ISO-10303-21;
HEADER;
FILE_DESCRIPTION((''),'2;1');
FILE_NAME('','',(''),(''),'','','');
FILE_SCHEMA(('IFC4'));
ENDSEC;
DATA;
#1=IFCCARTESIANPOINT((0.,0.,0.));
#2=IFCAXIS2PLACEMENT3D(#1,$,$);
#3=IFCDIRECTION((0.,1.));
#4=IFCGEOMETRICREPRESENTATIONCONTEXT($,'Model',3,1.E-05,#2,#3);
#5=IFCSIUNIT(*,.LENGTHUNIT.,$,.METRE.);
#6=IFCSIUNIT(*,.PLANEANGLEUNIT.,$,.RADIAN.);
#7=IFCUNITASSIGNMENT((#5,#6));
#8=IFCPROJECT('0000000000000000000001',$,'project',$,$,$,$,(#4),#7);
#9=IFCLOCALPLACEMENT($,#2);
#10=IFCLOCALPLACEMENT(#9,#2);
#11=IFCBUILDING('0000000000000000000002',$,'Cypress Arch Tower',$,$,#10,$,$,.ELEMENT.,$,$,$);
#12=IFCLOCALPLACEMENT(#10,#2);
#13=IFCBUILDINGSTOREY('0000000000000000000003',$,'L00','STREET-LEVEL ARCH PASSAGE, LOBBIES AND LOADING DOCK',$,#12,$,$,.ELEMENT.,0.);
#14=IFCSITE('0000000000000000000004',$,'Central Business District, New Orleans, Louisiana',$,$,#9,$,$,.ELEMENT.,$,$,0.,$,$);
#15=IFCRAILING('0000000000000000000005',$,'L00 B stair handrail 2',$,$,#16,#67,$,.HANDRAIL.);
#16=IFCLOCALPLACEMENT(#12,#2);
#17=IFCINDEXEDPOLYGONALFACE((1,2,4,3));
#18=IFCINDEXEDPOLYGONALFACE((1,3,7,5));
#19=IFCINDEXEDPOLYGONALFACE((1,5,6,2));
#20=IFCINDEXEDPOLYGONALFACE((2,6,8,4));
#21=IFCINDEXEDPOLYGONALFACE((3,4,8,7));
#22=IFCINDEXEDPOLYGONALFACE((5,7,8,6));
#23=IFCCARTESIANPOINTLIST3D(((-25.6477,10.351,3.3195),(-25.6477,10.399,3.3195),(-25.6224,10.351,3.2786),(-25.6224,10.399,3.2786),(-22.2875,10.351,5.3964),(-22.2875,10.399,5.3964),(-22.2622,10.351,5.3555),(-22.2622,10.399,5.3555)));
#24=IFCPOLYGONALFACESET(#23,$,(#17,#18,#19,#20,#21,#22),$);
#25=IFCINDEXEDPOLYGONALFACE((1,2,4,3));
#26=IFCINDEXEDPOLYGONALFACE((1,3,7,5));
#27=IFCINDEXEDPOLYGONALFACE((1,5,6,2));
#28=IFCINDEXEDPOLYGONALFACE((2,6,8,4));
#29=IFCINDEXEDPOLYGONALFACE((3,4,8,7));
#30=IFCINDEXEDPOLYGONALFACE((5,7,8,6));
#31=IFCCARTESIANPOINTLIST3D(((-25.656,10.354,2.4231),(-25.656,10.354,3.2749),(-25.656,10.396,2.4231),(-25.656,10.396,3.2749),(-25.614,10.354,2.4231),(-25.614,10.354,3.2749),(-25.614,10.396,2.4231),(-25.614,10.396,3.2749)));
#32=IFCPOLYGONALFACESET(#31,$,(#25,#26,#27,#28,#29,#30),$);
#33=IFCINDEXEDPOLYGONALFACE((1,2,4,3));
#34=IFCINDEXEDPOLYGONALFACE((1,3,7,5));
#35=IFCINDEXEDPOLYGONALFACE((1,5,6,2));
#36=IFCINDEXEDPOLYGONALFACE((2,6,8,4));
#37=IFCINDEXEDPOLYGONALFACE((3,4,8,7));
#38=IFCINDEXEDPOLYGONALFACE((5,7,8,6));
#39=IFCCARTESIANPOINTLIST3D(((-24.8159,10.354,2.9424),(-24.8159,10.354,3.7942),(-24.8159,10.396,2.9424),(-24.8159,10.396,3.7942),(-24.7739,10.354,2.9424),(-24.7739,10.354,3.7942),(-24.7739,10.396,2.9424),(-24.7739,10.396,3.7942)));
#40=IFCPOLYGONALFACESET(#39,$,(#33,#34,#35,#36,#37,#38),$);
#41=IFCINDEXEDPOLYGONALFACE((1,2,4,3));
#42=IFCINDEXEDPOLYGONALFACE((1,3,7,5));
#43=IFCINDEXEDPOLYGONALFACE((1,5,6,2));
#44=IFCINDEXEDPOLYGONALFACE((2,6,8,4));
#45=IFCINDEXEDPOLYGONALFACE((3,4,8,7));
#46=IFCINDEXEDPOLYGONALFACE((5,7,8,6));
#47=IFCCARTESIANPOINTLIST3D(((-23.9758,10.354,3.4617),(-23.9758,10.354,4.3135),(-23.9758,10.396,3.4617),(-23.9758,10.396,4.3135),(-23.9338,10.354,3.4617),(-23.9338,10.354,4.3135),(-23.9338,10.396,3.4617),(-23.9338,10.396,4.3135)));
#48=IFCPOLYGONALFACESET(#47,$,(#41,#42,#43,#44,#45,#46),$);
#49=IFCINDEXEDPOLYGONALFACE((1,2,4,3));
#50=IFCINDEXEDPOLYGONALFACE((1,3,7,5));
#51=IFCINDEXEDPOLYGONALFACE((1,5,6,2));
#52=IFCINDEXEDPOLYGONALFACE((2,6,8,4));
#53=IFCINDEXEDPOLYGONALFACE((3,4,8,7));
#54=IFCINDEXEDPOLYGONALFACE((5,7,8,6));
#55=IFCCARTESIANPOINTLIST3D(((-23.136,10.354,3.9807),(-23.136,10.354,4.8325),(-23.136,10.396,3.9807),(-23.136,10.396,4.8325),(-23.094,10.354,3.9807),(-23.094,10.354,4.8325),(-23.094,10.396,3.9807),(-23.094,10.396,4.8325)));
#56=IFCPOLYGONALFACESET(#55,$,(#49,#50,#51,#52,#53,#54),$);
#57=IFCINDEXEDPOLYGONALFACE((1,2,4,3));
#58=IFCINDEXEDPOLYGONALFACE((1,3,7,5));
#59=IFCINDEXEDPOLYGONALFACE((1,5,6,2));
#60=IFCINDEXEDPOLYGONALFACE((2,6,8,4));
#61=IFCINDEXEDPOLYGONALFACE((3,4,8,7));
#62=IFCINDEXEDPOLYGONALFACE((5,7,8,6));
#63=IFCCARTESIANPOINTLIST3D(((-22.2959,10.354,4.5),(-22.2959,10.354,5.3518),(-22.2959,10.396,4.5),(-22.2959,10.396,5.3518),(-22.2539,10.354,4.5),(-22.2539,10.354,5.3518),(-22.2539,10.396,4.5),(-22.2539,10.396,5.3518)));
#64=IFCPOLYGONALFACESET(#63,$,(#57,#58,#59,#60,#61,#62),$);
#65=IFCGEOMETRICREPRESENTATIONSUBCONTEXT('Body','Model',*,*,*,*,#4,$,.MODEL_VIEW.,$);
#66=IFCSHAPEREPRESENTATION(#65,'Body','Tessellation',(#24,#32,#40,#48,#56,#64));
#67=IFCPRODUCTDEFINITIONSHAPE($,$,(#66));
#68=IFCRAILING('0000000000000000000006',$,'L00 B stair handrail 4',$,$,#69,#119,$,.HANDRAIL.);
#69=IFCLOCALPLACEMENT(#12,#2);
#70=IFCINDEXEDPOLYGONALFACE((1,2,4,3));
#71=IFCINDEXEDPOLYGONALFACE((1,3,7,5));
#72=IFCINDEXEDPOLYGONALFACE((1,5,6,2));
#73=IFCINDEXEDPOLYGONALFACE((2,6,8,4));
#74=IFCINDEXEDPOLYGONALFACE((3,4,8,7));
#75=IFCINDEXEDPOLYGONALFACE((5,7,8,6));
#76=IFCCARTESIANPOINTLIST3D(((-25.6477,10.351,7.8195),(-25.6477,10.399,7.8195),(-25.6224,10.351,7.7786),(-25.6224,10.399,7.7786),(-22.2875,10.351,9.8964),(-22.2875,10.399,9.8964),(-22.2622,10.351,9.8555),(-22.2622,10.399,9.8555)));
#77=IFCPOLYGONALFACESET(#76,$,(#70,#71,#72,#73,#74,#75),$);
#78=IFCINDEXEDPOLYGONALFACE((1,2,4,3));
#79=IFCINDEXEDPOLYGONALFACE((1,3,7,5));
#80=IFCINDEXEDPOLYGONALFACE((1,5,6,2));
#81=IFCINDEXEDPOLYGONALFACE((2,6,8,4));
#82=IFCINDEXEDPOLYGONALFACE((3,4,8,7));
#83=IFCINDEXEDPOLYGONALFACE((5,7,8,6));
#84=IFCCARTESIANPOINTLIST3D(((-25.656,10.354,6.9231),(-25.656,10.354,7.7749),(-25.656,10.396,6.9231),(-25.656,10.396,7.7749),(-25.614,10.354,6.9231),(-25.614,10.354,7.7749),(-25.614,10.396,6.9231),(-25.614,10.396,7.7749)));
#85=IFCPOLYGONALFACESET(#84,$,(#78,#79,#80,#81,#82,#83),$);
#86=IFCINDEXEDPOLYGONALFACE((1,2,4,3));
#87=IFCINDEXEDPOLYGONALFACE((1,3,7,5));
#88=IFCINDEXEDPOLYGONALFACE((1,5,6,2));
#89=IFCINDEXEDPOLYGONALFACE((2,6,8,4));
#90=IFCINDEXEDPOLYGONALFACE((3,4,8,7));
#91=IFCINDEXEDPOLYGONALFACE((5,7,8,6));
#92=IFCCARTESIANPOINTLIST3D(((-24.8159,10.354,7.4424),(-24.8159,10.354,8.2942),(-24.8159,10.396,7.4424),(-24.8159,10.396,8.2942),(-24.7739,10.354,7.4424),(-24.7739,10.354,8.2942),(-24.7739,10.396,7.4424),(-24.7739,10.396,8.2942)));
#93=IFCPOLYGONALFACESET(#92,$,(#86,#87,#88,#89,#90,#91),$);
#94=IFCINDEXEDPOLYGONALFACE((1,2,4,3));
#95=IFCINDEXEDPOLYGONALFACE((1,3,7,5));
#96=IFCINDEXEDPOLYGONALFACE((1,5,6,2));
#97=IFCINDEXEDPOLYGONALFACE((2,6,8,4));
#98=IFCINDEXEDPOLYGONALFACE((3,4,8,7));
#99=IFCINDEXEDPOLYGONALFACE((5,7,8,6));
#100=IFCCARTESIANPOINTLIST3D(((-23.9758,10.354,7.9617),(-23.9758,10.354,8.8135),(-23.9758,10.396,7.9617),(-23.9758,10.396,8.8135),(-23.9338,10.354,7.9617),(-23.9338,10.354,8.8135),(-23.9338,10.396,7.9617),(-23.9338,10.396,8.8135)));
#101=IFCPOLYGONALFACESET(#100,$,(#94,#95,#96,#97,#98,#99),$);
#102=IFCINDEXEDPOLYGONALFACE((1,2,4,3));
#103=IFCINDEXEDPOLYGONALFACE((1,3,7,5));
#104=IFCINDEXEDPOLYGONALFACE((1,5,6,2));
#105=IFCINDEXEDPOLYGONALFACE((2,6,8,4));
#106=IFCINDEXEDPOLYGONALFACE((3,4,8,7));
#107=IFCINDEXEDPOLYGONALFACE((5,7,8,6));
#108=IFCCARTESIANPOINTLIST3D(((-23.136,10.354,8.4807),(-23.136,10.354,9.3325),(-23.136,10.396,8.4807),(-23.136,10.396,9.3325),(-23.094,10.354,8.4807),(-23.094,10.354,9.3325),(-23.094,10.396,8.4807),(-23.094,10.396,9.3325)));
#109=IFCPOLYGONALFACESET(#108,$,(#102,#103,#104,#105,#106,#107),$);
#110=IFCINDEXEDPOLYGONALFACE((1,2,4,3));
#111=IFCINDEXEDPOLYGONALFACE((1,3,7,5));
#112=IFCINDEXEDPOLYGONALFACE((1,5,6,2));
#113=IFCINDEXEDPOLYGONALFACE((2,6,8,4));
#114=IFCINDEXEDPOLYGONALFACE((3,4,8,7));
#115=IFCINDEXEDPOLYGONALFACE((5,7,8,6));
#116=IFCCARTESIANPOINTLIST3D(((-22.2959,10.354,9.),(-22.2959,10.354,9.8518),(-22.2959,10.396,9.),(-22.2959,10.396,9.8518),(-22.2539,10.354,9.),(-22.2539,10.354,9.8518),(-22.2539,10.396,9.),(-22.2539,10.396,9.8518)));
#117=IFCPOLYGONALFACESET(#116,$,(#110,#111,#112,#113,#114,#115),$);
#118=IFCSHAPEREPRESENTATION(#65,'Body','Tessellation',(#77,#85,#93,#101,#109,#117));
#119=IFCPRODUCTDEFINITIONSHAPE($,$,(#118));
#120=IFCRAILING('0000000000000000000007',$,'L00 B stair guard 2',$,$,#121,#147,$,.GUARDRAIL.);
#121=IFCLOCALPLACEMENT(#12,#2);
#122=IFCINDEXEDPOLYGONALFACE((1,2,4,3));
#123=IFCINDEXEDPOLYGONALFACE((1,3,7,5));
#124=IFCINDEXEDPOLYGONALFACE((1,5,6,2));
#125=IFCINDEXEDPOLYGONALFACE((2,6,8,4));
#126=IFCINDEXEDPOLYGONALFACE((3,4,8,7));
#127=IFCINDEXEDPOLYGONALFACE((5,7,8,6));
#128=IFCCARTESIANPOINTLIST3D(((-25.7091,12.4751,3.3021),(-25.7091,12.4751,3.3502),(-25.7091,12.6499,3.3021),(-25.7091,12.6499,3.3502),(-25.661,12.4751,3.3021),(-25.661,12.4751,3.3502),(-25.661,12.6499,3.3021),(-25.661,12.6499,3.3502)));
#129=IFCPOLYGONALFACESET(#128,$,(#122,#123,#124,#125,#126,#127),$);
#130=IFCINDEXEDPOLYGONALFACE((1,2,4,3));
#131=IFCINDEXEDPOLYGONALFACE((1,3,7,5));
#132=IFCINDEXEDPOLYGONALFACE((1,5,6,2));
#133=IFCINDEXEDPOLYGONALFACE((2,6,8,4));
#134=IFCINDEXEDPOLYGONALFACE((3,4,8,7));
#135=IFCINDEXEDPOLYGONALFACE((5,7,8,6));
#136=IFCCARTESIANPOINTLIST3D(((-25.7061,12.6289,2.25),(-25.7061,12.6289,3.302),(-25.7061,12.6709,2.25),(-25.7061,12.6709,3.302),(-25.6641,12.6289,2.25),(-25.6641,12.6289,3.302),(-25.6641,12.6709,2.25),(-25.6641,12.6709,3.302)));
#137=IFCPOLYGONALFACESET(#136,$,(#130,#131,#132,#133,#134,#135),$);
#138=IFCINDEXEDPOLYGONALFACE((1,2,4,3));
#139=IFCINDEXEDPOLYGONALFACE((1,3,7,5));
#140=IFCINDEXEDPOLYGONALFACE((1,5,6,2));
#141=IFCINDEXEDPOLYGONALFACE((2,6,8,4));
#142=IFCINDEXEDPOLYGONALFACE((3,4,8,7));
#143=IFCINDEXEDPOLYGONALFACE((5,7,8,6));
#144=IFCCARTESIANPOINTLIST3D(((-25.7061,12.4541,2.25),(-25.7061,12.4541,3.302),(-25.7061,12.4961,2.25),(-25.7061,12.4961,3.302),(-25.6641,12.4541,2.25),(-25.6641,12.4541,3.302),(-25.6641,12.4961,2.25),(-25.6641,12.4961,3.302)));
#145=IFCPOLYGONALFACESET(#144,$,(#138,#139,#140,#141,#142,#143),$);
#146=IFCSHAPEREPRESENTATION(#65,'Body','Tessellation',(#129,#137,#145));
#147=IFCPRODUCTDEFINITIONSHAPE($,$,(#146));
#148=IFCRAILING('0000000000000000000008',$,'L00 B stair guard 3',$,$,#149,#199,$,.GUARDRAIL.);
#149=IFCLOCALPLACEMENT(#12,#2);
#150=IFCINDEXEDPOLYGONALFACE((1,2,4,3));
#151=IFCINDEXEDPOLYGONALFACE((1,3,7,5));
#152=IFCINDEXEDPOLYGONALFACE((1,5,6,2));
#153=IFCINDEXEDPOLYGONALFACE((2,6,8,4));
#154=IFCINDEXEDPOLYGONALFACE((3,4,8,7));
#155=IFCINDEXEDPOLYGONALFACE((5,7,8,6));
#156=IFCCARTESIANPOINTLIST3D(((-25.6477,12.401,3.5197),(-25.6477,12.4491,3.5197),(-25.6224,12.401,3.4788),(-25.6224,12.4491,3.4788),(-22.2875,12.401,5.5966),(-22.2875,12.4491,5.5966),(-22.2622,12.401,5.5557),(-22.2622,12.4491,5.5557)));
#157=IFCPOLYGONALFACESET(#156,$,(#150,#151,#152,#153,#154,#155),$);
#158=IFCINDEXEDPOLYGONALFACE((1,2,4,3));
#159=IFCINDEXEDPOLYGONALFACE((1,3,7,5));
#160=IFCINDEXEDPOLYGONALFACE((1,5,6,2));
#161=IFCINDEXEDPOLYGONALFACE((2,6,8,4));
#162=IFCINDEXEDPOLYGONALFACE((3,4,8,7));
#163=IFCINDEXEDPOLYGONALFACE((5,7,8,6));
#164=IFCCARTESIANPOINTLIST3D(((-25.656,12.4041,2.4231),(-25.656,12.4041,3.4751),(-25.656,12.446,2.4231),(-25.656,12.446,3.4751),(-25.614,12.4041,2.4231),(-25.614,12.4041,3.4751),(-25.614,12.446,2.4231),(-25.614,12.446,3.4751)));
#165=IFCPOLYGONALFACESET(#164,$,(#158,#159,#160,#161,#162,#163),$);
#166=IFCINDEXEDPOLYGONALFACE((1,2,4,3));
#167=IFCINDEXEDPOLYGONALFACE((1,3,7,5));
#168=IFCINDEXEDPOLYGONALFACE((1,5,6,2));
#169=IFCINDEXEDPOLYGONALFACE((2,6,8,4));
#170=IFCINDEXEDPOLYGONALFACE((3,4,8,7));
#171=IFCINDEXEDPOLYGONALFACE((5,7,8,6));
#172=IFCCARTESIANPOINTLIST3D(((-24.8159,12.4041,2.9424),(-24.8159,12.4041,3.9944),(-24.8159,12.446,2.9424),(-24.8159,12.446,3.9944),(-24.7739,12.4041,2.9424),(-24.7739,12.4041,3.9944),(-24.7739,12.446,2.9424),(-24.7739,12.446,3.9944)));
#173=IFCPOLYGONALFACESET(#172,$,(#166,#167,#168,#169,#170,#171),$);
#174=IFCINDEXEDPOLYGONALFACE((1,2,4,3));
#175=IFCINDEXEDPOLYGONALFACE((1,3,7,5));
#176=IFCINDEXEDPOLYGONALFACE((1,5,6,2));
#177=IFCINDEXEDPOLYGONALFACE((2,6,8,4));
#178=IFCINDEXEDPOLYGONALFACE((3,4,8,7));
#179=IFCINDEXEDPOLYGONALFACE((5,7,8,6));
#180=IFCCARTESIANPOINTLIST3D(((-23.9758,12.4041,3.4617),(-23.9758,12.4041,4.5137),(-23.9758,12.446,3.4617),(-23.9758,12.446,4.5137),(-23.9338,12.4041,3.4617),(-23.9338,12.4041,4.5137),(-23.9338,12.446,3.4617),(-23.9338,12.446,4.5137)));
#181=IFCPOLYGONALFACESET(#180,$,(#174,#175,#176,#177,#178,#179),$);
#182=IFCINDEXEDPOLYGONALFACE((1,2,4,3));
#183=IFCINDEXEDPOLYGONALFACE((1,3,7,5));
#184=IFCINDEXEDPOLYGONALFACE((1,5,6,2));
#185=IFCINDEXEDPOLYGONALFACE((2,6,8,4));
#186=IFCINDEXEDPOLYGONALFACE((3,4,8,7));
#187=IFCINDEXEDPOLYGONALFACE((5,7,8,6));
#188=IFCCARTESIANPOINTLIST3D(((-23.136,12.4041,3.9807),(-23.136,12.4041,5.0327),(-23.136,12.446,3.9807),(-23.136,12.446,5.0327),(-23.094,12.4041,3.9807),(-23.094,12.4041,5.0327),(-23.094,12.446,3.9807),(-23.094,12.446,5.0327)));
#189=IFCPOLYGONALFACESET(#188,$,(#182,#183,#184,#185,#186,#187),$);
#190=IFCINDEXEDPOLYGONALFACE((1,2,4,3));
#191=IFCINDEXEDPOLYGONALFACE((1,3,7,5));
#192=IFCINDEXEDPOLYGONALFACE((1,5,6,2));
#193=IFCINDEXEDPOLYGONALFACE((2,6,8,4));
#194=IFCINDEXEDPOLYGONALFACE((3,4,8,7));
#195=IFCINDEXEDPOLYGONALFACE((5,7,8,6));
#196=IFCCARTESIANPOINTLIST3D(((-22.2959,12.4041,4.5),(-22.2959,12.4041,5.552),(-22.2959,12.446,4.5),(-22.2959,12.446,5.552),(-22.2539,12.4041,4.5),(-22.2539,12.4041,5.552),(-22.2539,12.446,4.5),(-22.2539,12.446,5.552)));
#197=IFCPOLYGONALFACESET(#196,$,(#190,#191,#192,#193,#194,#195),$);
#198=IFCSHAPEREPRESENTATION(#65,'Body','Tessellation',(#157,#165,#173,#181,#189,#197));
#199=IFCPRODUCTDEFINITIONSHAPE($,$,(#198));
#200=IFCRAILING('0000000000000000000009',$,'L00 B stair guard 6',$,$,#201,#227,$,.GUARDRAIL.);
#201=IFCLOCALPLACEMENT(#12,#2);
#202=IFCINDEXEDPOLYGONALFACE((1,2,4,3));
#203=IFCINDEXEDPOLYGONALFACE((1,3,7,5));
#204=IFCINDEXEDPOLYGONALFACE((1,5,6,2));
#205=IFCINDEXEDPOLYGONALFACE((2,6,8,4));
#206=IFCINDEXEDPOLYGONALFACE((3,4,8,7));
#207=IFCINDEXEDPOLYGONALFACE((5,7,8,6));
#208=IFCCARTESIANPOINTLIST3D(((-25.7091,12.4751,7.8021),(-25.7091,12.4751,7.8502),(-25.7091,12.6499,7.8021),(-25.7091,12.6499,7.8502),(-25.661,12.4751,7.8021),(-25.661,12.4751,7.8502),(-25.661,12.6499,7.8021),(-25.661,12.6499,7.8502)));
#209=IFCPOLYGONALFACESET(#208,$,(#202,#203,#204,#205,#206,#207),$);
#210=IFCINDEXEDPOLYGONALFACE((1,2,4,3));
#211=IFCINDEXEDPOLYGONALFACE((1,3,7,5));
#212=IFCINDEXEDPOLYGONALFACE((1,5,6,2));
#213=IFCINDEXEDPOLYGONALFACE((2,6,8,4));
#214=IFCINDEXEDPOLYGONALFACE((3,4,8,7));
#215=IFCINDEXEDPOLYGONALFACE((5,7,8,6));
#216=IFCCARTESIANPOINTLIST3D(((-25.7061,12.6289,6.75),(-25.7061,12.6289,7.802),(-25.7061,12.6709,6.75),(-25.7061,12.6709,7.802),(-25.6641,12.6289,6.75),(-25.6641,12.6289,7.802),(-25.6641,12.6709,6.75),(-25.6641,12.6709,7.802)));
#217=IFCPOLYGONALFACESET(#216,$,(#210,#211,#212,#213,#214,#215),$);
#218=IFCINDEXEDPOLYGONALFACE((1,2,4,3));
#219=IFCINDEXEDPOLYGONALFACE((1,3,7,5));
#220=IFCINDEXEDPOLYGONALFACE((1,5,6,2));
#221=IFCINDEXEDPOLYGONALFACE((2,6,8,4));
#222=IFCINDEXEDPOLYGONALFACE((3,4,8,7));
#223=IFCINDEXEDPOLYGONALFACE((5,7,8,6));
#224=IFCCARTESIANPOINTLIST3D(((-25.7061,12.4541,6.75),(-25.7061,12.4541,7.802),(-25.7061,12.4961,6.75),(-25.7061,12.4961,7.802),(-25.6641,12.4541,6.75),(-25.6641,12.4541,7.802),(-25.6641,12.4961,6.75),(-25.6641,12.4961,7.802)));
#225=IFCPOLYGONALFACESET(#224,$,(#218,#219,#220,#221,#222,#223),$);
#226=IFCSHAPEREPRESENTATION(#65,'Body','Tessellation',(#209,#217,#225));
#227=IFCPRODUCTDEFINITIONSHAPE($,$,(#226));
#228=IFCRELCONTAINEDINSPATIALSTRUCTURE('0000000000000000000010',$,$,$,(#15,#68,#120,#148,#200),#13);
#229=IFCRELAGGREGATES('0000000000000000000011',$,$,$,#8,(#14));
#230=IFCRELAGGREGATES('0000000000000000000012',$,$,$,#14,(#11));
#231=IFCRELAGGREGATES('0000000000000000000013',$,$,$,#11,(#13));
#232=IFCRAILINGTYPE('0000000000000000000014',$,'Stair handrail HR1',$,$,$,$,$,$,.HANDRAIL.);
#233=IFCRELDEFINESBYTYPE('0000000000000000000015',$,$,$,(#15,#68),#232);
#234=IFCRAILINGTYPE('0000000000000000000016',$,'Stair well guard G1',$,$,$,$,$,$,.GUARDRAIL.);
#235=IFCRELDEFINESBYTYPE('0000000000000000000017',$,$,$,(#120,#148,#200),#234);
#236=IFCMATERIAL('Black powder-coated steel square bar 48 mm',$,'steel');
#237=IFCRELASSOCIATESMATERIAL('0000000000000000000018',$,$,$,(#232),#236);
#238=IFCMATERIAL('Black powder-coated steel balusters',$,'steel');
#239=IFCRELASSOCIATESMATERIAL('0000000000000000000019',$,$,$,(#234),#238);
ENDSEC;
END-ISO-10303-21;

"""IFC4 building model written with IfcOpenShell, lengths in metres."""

from ifc_helpers import new_model, si_unit, direction, frame, origin, origin_2d, place, context, subcontext, project, spatial, rectangle, extrude, material, type_object, element, save


model = new_model("IFC4")

# Units and contexts
model_context = context("Model", 3, precision=1e-05, world=origin(), true_north=direction((0.0, 1.0)))
body_context = subcontext(model_context, "Body", "Model", "MODEL_VIEW")
ifc_project = project(units=[si_unit("LENGTHUNIT", "METRE"), si_unit("PLANEANGLEUNIT", "RADIAN")], contexts=[model_context])

# Site, building, storey
site_placement = place(None, origin())
site = spatial("IfcSite", under=ifc_project, at=site_placement, Name="Central Business District, New Orleans, Louisiana", CompositionType="ELEMENT", RefElevation=0.0)
building_placement = place(site_placement, origin())
building = spatial("IfcBuilding", under=site, at=building_placement, Name="Cypress Arch Tower", CompositionType="ELEMENT")
storey_placement = place(building_placement, origin())
storey = spatial("IfcBuildingStorey", under=building, at=storey_placement, Name="L00", Description="STREET-LEVEL ARCH PASSAGE, LOBBIES AND LOADING DOCK", CompositionType="ELEMENT", Elevation=0.0)

# Railings
ifc_material_1 = material(Name="Black powder-coated steel square bar 48 mm", Category="steel")
railing_type_1 = type_object("IfcRailingType", Name="Stair handrail HR1", PredefinedType="HANDRAIL", material=ifc_material_1)
for number, where, name in (
    (1, (-25.635, 10.375, 2.4231), "L00 B stair handrail 2"),
    (2, (-25.635, 10.375, 6.9231), "L00 B stair handrail 4"),
):
    element("IfcRailing", number, at=place(storey_placement, frame(where)), inside=storey, type_object=railing_type_1, Name=name, PredefinedType="HANDRAIL", context=body_context, shape_type="SweptSolid", body=[
        extrude(rectangle(XDim=0.0481, YDim=0.0481, at=origin_2d()), frame((0.0, 0.0, 0.876), z_axis=(0.850623, 0.0, 0.525776), x_axis=(0.0, 1.0, 0.0)), (0.0, 0.0, 1.0), 3.9502),
        extrude(rectangle(XDim=0.042, YDim=0.042, at=origin_2d()), origin(), (0.0, 0.0, 1.0), 0.8518),
        extrude(rectangle(XDim=0.042, YDim=0.042, at=origin_2d()), frame((0.8401, 0.0, 0.5193)), (0.0, 0.0, 1.0), 0.8518),
        extrude(rectangle(XDim=0.042, YDim=0.042, at=origin_2d()), frame((1.6802, 0.0, 1.0386)), (0.0, 0.0, 1.0), 0.8518),
        extrude(rectangle(XDim=0.042, YDim=0.042, at=origin_2d()), frame((2.52, 0.0, 1.5576)), (0.0, 0.0, 1.0), 0.8518),
        extrude(rectangle(XDim=0.042, YDim=0.042, at=origin_2d()), frame((3.3601, 0.0, 2.0769)), (0.0, 0.0, 1.0), 0.8518),
    ])
ifc_material_2 = material(Name="Black powder-coated steel balusters", Category="steel")
railing_type_2 = type_object("IfcRailingType", Name="Stair well guard G1", PredefinedType="GUARDRAIL", material=ifc_material_2)
railing_1_placement = place(storey_placement, frame((-25.6851, 12.6499, 2.25)))
element("IfcRailing", 3, at=railing_1_placement, inside=storey, type_object=railing_type_2, Name="L00 B stair guard 2", PredefinedType="GUARDRAIL", context=body_context, shape_type="SweptSolid", body=[
    extrude(rectangle(XDim=0.0481, YDim=0.0481, at=origin_2d()), frame((0.0, 0.0, 1.0762), z_axis=(0.0, -1.0, 0.0), x_axis=(1.0, 0.0, 0.0)), (0.0, 0.0, 1.0), 0.1748),
    extrude(rectangle(XDim=0.042, YDim=0.042, at=origin_2d()), origin(), (0.0, 0.0, 1.0), 1.052),
    extrude(rectangle(XDim=0.042, YDim=0.042, at=origin_2d()), frame((0.0, -0.1748, 0.0)), (0.0, 0.0, 1.0), 1.052),
])
railing_2_placement = place(storey_placement, frame((-25.635, 12.425, 2.4231)))
element("IfcRailing", 4, at=railing_2_placement, inside=storey, type_object=railing_type_2, Name="L00 B stair guard 3", PredefinedType="GUARDRAIL", context=body_context, shape_type="SweptSolid", body=[
    extrude(rectangle(XDim=0.0481, YDim=0.0481, at=origin_2d()), frame((0.0, 0.0, 1.0762), z_axis=(0.850623, 0.0, 0.525776), x_axis=(0.0, 1.0, 0.0)), (0.0, 0.0, 1.0), 3.9502),
    extrude(rectangle(XDim=0.042, YDim=0.042, at=origin_2d()), origin(), (0.0, 0.0, 1.0), 1.052),
    extrude(rectangle(XDim=0.042, YDim=0.042, at=origin_2d()), frame((0.8401, 0.0, 0.5193)), (0.0, 0.0, 1.0), 1.052),
    extrude(rectangle(XDim=0.042, YDim=0.042, at=origin_2d()), frame((1.6802, 0.0, 1.0386)), (0.0, 0.0, 1.0), 1.052),
    extrude(rectangle(XDim=0.042, YDim=0.042, at=origin_2d()), frame((2.52, 0.0, 1.5576)), (0.0, 0.0, 1.0), 1.052),
    extrude(rectangle(XDim=0.042, YDim=0.042, at=origin_2d()), frame((3.3601, 0.0, 2.0769)), (0.0, 0.0, 1.0), 1.052),
])
railing_3_placement = place(storey_placement, frame((-25.6851, 12.6499, 6.75)))
element("IfcRailing", 5, at=railing_3_placement, inside=storey, type_object=railing_type_2, Name="L00 B stair guard 6", PredefinedType="GUARDRAIL", context=body_context, shape_type="SweptSolid", body=[
    extrude(rectangle(XDim=0.0481, YDim=0.0481, at=origin_2d()), frame((0.0, 0.0, 1.0762), z_axis=(0.0, -1.0, 0.0), x_axis=(1.0, 0.0, 0.0)), (0.0, 0.0, 1.0), 0.1748),
    extrude(rectangle(XDim=0.042, YDim=0.042, at=origin_2d()), origin(), (0.0, 0.0, 1.0), 1.052),
    extrude(rectangle(XDim=0.042, YDim=0.042, at=origin_2d()), frame((0.0, -0.1748, 0.0)), (0.0, 0.0, 1.0), 1.052),
])

save(model, "model.ifc")
